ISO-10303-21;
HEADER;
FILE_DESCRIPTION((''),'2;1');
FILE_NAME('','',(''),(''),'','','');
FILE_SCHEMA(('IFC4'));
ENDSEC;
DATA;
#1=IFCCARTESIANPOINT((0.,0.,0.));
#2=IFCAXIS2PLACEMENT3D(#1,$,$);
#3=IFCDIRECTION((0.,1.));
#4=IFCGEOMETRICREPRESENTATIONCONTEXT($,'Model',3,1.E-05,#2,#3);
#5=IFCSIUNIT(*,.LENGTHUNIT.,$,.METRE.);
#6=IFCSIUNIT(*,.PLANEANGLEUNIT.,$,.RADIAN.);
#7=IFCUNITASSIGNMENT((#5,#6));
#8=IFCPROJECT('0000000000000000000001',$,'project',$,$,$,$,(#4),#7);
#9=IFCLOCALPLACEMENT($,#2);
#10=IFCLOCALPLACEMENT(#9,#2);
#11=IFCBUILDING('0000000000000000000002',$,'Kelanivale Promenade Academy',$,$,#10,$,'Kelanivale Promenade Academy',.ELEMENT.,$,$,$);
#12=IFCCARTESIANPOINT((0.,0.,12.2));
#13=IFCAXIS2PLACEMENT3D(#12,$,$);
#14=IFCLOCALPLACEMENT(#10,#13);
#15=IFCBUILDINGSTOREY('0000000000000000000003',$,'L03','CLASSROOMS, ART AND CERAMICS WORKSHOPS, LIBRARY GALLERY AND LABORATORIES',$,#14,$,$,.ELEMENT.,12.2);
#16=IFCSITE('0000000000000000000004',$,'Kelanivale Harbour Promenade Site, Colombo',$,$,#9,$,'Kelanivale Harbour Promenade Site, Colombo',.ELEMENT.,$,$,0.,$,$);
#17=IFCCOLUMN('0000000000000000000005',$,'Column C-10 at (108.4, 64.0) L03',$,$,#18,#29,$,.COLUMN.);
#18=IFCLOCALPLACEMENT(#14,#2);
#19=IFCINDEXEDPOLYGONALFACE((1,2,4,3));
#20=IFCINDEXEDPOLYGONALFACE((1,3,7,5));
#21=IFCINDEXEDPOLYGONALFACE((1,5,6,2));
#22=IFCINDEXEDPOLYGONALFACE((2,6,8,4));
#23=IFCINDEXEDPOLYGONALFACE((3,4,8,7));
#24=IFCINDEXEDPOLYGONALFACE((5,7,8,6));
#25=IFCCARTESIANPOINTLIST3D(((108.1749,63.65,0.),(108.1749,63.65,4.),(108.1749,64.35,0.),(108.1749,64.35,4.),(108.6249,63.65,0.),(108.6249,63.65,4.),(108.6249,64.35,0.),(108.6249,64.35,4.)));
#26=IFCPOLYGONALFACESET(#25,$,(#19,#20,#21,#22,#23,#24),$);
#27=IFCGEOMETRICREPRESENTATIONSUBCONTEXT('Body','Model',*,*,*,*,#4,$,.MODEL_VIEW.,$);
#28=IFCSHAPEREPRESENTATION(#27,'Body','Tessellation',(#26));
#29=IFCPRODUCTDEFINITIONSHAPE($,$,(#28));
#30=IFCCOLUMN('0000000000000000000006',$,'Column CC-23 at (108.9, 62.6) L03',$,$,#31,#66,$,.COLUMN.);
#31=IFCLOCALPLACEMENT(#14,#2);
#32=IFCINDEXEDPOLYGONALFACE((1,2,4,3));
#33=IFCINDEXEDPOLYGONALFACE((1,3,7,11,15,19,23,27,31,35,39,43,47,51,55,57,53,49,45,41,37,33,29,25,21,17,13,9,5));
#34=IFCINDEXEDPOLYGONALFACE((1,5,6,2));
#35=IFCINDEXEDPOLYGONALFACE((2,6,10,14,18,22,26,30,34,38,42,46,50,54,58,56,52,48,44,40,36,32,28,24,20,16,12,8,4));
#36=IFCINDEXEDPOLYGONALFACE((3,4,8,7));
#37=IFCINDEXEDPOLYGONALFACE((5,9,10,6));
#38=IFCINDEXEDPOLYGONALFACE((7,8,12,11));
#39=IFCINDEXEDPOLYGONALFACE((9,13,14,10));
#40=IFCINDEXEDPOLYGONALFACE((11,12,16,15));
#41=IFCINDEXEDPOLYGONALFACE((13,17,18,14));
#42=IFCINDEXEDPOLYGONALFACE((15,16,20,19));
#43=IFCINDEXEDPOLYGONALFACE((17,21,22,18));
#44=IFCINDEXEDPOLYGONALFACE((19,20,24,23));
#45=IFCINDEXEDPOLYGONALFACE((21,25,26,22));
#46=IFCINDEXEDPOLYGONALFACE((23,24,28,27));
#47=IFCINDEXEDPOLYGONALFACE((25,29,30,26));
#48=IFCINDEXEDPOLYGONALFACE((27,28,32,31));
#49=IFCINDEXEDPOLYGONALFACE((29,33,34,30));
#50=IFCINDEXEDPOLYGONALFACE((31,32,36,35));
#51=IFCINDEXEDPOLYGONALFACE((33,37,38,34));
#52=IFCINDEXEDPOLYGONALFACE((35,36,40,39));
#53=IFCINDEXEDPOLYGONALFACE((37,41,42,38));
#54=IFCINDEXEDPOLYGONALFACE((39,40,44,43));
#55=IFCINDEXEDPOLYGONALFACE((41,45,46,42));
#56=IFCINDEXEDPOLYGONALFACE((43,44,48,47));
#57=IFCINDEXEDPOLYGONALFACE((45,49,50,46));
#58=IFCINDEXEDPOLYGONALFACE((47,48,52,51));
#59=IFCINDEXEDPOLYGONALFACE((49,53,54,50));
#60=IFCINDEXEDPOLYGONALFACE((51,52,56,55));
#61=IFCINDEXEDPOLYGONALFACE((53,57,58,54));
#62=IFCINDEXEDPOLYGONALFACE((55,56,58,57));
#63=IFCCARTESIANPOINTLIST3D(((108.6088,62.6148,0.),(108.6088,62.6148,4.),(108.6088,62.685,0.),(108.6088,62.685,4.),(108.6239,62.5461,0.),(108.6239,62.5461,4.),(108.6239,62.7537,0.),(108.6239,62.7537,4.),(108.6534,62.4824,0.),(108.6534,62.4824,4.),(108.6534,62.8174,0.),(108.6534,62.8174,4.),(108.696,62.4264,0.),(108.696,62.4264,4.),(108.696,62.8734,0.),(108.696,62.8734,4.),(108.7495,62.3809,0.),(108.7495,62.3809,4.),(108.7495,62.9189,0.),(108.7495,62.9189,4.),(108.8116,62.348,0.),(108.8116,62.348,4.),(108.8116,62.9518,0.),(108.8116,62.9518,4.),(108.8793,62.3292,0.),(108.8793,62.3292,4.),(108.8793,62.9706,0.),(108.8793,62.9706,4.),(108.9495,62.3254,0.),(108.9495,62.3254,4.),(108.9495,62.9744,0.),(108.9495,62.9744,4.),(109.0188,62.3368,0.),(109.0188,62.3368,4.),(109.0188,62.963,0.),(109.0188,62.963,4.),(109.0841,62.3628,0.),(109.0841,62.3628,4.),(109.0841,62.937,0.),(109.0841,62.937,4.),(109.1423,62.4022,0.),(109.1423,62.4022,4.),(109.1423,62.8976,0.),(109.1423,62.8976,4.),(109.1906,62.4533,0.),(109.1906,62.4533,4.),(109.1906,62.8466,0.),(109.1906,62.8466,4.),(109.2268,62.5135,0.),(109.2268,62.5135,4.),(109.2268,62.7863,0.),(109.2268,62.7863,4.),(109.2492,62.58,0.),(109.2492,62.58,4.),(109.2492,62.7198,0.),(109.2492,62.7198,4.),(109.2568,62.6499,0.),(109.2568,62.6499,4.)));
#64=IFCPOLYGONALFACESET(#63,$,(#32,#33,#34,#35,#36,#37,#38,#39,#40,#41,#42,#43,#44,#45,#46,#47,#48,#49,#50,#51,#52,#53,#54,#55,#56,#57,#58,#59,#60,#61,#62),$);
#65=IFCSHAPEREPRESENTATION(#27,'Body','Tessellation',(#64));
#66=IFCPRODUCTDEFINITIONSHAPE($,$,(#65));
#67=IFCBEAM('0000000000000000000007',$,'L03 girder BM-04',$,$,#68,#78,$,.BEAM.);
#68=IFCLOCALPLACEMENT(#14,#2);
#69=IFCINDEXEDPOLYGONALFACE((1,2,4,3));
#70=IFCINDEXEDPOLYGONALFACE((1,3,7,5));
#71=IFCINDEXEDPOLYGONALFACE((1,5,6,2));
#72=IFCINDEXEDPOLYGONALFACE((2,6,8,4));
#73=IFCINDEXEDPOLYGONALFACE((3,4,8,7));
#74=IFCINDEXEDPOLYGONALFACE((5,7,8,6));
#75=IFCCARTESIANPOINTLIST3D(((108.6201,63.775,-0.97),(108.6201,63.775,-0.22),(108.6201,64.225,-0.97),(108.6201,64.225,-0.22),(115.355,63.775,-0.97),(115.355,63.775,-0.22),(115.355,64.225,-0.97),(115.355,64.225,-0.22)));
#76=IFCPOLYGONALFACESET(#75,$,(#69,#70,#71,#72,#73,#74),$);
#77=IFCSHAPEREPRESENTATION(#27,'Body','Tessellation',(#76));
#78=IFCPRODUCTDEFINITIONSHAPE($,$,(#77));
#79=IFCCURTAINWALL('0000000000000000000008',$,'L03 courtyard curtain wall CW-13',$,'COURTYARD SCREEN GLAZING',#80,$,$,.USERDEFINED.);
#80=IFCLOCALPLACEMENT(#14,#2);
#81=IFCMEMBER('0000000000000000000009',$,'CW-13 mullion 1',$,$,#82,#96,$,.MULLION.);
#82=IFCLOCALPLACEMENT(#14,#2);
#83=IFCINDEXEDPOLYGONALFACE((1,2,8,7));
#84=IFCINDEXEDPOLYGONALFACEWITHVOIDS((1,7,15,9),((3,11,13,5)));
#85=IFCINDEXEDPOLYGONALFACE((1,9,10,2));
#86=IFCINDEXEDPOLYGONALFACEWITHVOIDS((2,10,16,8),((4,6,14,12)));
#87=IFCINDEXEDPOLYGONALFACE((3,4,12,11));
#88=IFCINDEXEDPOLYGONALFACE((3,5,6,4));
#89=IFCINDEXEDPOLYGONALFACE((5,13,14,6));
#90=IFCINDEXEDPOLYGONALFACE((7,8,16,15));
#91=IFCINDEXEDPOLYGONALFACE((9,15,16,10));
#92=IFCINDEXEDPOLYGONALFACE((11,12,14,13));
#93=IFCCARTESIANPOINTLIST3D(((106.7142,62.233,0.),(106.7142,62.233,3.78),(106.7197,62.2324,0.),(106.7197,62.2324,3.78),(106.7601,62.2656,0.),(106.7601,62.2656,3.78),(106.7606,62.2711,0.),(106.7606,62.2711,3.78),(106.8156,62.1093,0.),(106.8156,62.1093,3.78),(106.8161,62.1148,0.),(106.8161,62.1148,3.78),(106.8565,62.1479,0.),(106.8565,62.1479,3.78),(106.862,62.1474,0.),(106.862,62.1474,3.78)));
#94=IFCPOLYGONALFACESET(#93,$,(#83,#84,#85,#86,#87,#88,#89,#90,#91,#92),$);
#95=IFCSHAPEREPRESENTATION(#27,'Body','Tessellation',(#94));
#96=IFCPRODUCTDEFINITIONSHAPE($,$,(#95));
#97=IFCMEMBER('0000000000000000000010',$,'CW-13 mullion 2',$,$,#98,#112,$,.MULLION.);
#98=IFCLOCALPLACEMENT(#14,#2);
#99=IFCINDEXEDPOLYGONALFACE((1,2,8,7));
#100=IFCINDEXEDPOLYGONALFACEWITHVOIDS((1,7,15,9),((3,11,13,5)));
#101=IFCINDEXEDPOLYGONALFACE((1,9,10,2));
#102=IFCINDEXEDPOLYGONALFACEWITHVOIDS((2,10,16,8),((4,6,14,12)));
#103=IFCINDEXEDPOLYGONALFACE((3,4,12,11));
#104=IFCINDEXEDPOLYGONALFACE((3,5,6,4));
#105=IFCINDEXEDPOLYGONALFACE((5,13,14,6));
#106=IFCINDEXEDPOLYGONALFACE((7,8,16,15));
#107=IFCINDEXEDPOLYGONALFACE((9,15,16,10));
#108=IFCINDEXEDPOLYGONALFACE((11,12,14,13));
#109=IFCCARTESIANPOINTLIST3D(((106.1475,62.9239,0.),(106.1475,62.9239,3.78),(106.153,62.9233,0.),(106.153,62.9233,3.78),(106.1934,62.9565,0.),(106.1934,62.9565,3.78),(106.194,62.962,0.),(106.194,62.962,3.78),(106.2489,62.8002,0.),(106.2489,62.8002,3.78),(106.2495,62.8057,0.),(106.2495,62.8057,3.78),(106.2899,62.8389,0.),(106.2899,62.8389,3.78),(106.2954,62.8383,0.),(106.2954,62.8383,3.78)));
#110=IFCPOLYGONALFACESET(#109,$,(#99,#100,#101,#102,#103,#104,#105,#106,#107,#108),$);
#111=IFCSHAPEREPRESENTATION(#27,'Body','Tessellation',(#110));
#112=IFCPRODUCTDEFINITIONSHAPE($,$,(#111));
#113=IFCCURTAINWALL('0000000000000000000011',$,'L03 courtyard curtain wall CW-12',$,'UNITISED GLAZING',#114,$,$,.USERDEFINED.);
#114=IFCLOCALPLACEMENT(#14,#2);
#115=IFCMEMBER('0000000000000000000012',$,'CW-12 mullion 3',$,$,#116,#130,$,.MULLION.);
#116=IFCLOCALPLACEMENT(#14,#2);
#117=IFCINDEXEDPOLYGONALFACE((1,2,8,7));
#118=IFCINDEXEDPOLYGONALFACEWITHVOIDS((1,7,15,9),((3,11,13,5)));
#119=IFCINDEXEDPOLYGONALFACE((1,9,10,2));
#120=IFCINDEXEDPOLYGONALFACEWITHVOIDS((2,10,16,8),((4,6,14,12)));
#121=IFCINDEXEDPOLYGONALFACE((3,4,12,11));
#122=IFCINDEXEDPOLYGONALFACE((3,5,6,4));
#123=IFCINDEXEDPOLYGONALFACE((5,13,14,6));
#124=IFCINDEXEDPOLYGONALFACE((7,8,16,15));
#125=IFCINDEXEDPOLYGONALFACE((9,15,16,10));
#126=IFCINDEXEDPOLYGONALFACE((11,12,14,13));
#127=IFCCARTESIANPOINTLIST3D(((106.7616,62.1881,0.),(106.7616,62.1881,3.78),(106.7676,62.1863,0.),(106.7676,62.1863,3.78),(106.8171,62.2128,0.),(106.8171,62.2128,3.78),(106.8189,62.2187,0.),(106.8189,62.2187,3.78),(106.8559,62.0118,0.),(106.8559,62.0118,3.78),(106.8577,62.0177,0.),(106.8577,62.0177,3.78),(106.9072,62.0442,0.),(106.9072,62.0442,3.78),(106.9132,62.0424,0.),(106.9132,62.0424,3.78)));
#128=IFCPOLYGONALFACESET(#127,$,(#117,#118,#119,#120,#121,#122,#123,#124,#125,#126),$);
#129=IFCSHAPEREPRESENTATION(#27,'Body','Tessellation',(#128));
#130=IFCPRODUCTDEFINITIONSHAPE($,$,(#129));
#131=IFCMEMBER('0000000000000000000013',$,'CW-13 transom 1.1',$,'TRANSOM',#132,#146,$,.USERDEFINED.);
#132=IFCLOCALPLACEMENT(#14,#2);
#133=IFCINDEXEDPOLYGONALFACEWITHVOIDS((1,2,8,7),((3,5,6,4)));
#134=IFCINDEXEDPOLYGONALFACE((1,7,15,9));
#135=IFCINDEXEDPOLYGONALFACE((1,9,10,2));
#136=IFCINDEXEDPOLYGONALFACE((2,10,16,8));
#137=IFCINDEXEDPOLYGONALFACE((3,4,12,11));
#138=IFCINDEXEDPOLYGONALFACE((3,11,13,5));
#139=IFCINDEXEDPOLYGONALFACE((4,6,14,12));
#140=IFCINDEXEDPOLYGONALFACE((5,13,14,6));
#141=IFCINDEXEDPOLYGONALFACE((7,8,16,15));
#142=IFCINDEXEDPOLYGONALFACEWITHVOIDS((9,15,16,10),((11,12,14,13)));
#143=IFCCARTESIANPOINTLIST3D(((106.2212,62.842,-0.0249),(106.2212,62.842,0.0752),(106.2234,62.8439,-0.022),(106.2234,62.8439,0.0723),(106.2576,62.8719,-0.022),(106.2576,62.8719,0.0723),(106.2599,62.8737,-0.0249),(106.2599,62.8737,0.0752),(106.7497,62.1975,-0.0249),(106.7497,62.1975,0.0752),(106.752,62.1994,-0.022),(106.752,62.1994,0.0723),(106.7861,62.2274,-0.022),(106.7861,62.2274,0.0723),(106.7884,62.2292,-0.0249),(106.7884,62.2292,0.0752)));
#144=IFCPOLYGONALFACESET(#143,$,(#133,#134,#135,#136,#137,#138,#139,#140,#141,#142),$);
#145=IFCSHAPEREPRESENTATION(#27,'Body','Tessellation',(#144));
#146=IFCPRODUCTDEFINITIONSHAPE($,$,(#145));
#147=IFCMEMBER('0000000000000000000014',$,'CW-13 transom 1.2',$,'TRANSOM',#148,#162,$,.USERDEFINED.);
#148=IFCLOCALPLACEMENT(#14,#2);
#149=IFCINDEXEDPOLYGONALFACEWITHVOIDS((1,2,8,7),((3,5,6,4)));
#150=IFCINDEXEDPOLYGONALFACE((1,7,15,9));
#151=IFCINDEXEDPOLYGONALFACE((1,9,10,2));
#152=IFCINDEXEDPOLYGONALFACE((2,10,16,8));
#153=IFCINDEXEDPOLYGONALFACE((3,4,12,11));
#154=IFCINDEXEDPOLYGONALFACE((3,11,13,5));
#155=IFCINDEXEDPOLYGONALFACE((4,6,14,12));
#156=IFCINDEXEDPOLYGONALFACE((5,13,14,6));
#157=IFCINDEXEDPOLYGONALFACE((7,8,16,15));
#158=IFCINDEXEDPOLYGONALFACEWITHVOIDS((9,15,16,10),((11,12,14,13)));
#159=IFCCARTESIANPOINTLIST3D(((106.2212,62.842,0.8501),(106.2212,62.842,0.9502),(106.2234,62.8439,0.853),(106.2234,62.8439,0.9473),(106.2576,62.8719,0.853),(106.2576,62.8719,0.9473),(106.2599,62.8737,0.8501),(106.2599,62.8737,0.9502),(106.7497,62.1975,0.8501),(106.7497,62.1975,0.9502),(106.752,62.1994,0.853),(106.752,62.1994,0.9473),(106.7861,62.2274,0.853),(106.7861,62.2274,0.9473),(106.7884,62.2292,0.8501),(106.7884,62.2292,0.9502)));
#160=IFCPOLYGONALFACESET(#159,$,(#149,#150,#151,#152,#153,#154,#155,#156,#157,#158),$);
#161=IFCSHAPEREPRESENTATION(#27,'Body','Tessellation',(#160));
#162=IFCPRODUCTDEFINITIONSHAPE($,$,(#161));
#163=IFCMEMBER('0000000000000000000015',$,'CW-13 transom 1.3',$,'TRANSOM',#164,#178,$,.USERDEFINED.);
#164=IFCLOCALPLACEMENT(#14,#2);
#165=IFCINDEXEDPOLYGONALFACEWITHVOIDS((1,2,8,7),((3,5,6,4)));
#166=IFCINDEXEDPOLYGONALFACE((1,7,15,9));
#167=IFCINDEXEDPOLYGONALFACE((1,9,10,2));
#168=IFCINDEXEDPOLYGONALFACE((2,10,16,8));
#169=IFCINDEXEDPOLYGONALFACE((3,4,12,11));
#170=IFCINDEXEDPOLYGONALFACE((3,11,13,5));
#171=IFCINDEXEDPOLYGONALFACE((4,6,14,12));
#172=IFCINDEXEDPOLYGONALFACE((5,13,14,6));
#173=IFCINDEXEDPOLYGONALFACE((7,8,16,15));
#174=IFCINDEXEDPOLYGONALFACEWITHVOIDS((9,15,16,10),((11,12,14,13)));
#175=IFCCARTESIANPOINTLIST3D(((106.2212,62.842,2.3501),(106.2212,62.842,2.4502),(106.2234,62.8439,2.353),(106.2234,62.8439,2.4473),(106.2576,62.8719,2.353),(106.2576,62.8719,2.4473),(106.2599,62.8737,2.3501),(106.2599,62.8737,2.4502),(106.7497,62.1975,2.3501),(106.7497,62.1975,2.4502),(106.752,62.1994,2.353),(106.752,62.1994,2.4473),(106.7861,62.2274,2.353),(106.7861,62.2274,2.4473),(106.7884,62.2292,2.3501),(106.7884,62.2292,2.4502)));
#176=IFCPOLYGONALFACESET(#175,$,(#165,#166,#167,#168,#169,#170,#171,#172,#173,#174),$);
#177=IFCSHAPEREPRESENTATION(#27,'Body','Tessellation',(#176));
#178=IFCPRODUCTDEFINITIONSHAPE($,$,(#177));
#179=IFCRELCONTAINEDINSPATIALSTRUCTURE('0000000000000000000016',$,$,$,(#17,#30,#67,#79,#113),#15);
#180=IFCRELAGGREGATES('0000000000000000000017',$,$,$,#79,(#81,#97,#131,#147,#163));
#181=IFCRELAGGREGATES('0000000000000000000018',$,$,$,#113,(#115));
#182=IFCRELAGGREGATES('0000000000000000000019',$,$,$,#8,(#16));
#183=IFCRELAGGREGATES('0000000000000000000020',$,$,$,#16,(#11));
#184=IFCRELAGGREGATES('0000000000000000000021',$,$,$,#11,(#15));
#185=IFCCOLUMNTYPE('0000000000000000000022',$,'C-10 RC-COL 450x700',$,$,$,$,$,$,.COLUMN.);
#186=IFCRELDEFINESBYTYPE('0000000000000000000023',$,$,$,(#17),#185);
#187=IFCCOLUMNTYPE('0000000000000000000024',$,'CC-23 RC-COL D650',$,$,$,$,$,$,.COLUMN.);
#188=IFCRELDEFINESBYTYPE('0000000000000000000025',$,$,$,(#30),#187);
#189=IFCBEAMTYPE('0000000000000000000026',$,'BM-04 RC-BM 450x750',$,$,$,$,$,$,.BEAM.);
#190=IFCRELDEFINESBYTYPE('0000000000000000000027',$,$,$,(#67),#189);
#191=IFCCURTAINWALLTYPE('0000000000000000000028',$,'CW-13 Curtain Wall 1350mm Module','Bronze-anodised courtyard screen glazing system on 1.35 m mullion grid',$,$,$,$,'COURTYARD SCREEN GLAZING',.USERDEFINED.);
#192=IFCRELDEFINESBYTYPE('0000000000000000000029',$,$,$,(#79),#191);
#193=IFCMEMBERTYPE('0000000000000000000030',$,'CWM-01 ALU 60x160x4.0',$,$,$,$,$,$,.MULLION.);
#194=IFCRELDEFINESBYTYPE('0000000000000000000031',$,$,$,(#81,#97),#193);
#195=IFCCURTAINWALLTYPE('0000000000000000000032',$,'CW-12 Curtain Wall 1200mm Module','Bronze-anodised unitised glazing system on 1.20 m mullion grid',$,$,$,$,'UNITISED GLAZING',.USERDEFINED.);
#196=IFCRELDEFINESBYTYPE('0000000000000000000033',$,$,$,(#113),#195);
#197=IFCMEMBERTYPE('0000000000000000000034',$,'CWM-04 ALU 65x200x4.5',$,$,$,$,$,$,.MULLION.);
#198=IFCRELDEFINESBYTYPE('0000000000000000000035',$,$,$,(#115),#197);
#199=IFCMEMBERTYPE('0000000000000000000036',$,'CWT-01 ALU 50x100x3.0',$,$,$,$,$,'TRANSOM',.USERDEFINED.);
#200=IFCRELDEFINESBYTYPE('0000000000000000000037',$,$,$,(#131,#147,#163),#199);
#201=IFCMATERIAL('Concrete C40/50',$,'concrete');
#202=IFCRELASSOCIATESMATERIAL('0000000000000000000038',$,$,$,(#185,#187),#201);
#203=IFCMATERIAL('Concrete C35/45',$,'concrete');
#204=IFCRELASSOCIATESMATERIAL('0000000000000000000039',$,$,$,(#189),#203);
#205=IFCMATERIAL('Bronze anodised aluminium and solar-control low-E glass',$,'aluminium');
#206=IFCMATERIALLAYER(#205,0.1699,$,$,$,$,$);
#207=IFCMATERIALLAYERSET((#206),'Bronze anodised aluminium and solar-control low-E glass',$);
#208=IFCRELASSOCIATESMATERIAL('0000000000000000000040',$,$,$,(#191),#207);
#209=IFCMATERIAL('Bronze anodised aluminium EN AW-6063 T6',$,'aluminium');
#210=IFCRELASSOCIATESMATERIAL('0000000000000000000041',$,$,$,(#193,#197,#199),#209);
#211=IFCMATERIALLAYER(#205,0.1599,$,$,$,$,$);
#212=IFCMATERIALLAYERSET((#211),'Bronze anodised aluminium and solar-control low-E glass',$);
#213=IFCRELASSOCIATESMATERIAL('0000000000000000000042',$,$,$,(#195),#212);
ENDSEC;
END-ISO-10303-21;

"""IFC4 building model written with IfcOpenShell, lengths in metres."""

from ifc_helpers import new_model, si_unit, direction, frame, origin, origin_2d, place, context, subcontext, project, spatial, rectangle, hollow_rectangle, circle, extrude, material, layer, layer_set, material_profile, profile_set, type_object, element, aggregate, save


model = new_model("IFC4")

# Units and contexts
model_context = context("Model", 3, precision=1e-05, world=origin(), true_north=direction((0.0, 1.0)))
body_context = subcontext(model_context, "Body", "Model", "MODEL_VIEW")
ifc_project = project(units=[si_unit("LENGTHUNIT", "METRE"), si_unit("PLANEANGLEUNIT", "RADIAN")], contexts=[model_context])

# Site, building, storey
site_placement = place(None, origin())
site = spatial("IfcSite", under=ifc_project, at=site_placement, Name="Kelanivale Harbour Promenade Site, Colombo", LongName="Kelanivale Harbour Promenade Site, Colombo", CompositionType="ELEMENT", RefElevation=0.0)
building_placement = place(site_placement, origin())
building = spatial("IfcBuilding", under=site, at=building_placement, Name="Kelanivale Promenade Academy", LongName="Kelanivale Promenade Academy", CompositionType="ELEMENT")
storey_placement = place(building_placement, frame((0.0, 0.0, 12.2)))
storey = spatial("IfcBuildingStorey", under=building, at=storey_placement, Name="L03", Description="CLASSROOMS, ART AND CERAMICS WORKSHOPS, LIBRARY GALLERY AND LABORATORIES", CompositionType="ELEMENT", Elevation=12.2)

# Columns
ifc_material_1 = material(Name="Concrete C40/50", Category="concrete")
ifc_material_profile_1 = material_profile(ifc_material_1, rectangle(XDim=0.45, YDim=0.7, at=origin_2d()), Name="RC-COL 450x700")
ifc_profile_set_1 = profile_set([ifc_material_profile_1], Name="Concrete C40/50")
column_type_1 = type_object("IfcColumnType", Name="C-10 RC-COL 450x700", PredefinedType="COLUMN", material=ifc_profile_set_1)
column_1_placement = place(storey_placement, frame((108.3999, 64.0, 0.0), z_axis=(0.0, 0.0, 1.0), x_axis=(1.0, 0.0, 0.0)))
element("IfcColumn", 1, at=column_1_placement, inside=storey, type_object=column_type_1, Name="Column C-10 at (108.4, 64.0) L03", PredefinedType="COLUMN", context=body_context, shape_type="SweptSolid", body=[
    extrude(rectangle(XDim=0.45, YDim=0.7, at=origin_2d()), origin(), (0.0, 0.0, 1.0), 4.0),
])
ifc_material_profile_2 = material_profile(ifc_material_1, circle(Radius=0.325, at=origin_2d()), Name="RC-COL D650")
ifc_profile_set_2 = profile_set([ifc_material_profile_2], Name="Concrete C40/50")
column_type_2 = type_object("IfcColumnType", Name="CC-23 RC-COL D650", PredefinedType="COLUMN", material=ifc_profile_set_2)
column_2_placement = place(storey_placement, frame((108.9319, 62.6499, 0.0), z_axis=(0.0, 0.0, 1.0), x_axis=(1.0, 0.0, 0.0)))
element("IfcColumn", 2, at=column_2_placement, inside=storey, type_object=column_type_2, Name="Column CC-23 at (108.9, 62.6) L03", PredefinedType="COLUMN", context=body_context, shape_type="SweptSolid", body=[
    extrude(circle(Radius=0.325, at=origin_2d()), origin(), (0.0, 0.0, 1.0), 4.0),
])

# Beam
ifc_material_2 = material(Name="Concrete C35/45", Category="concrete")
ifc_material_profile_3 = material_profile(ifc_material_2, rectangle(XDim=0.45, YDim=0.75, at=origin_2d()), Name="RC-BM 450x750")
ifc_profile_set_3 = profile_set([ifc_material_profile_3], Name="Concrete C35/45")
beam_type_1 = type_object("IfcBeamType", Name="BM-04 RC-BM 450x750", PredefinedType="BEAM", material=ifc_profile_set_3)
beam_1_placement = place(storey_placement, frame((108.6201, 64.0, -0.595), z_axis=(1.0, 0.0, 0.0), x_axis=(0.0, 1.0, 0.0)))
element("IfcBeam", 3, at=beam_1_placement, inside=storey, type_object=beam_type_1, Name="L03 girder BM-04", PredefinedType="BEAM", context=body_context, shape_type="SweptSolid", body=[
    extrude(rectangle(XDim=0.45, YDim=0.75, at=origin_2d()), origin(), (0.0, 0.0, 1.0), 6.7349),
])

# Curtain wall, members
ifc_material_3 = material(Name="Bronze anodised aluminium and solar-control low-E glass", Category="aluminium")
ifc_layer_1 = layer(ifc_material_3, 0.1699)
ifc_layer_set_1 = layer_set([ifc_layer_1], Name="Bronze anodised aluminium and solar-control low-E glass")
curtain_wall_type_1 = type_object("IfcCurtainWallType", Name="CW-13 Curtain Wall 1350mm Module", Description="Bronze-anodised courtyard screen glazing system on 1.35 m mullion grid", ElementType="COURTYARD SCREEN GLAZING", PredefinedType="USERDEFINED", material=ifc_layer_set_1)
curtain_wall_1_placement = place(storey_placement, origin())
curtain_wall_1 = element("IfcCurtainWall", 4, at=curtain_wall_1_placement, inside=storey, type_object=curtain_wall_type_1, Name="L03 courtyard curtain wall CW-13", ObjectType="COURTYARD SCREEN GLAZING", PredefinedType="USERDEFINED")
ifc_material_4 = material(Name="Bronze anodised aluminium EN AW-6063 T6", Category="aluminium")
ifc_material_profile_4 = material_profile(ifc_material_4, hollow_rectangle(XDim=0.0601, YDim=0.1599, WallThickness=0.0039, at=origin_2d()), Name="ALU 60x160x4.0")
ifc_profile_set_4 = profile_set([ifc_material_profile_4], Name="Bronze anodised aluminium EN AW-6063 T6")
member_type_1 = type_object("IfcMemberType", Name="CWM-01 ALU 60x160x4.0", PredefinedType="MULLION", material=ifc_profile_set_4)
member_1_placement = place(storey_placement, frame((106.7881, 62.1902, 0.0), z_axis=(0.0, 0.0, 1.0), x_axis=(-0.773257, -0.634093, 0.0)))
member_1 = element("IfcMember", 5, at=member_1_placement, type_object=member_type_1, Name="CW-13 mullion 1", PredefinedType="MULLION", context=body_context, shape_type="SweptSolid", body=[
    extrude(hollow_rectangle(XDim=0.0601, YDim=0.1599, WallThickness=0.0039, at=origin_2d()), origin(), (0.0, 0.0, 1.0), 3.78),
])
member_2_placement = place(storey_placement, frame((106.2214, 62.8811, 0.0), z_axis=(0.0, 0.0, 1.0), x_axis=(-0.773257, -0.634093, 0.0)))
member_2 = element("IfcMember", 6, at=member_2_placement, type_object=member_type_1, Name="CW-13 mullion 2", PredefinedType="MULLION", context=body_context, shape_type="SweptSolid", body=[
    extrude(hollow_rectangle(XDim=0.0601, YDim=0.1599, WallThickness=0.0039, at=origin_2d()), origin(), (0.0, 0.0, 1.0), 3.78),
])

# Curtain wall, member
ifc_layer_2 = layer(ifc_material_3, 0.1599)
ifc_layer_set_2 = layer_set([ifc_layer_2], Name="Bronze anodised aluminium and solar-control low-E glass")
curtain_wall_type_2 = type_object("IfcCurtainWallType", Name="CW-12 Curtain Wall 1200mm Module", Description="Bronze-anodised unitised glazing system on 1.20 m mullion grid", ElementType="UNITISED GLAZING", PredefinedType="USERDEFINED", material=ifc_layer_set_2)
curtain_wall_2_placement = place(storey_placement, origin())
curtain_wall_2 = element("IfcCurtainWall", 7, at=curtain_wall_2_placement, inside=storey, type_object=curtain_wall_type_2, Name="L03 courtyard curtain wall CW-12", ObjectType="UNITISED GLAZING", PredefinedType="USERDEFINED")
ifc_material_profile_5 = material_profile(ifc_material_4, hollow_rectangle(XDim=0.0649, YDim=0.2, WallThickness=0.0044, at=origin_2d()), Name="ALU 65x200x4.5")
ifc_profile_set_5 = profile_set([ifc_material_profile_5], Name="Bronze anodised aluminium EN AW-6063 T6")
member_type_2 = type_object("IfcMemberType", Name="CWM-04 ALU 65x200x4.5", PredefinedType="MULLION", material=ifc_profile_set_5)
member_3_placement = place(storey_placement, frame((106.8374, 62.1152, 0.0), z_axis=(0.0, 0.0, 1.0), x_axis=(-0.881966, -0.471312, 0.0)))
member_3 = element("IfcMember", 8, at=member_3_placement, type_object=member_type_2, Name="CW-12 mullion 3", PredefinedType="MULLION", context=body_context, shape_type="SweptSolid", body=[
    extrude(hollow_rectangle(XDim=0.0649, YDim=0.2, WallThickness=0.0044, at=origin_2d()), origin(), (0.0, 0.0, 1.0), 3.78),
])

# Members
ifc_material_profile_6 = material_profile(ifc_material_4, hollow_rectangle(XDim=0.05, YDim=0.1001, WallThickness=0.0029, at=origin_2d()), Name="ALU 50x100x3.0")
ifc_profile_set_6 = profile_set([ifc_material_profile_6], Name="Bronze anodised aluminium EN AW-6063 T6")
member_type_3 = type_object("IfcMemberType", Name="CWT-01 ALU 50x100x3.0", ElementType="TRANSOM", PredefinedType="USERDEFINED", material=ifc_profile_set_6)
member_4_placement = place(storey_placement, frame((106.769, 62.2134, 0.0251), z_axis=(-0.634115, 0.773239, 0.0), x_axis=(-0.773239, -0.634115, 0.0)))
member_4 = element("IfcMember", 9, at=member_4_placement, type_object=member_type_3, Name="CW-13 transom 1.1", ObjectType="TRANSOM", PredefinedType="USERDEFINED", context=body_context, shape_type="SweptSolid", body=[
    extrude(hollow_rectangle(XDim=0.05, YDim=0.1001, WallThickness=0.0029, at=origin_2d()), origin(), (0.0, 0.0, 1.0), 0.8335),
])
member_5_placement = place(storey_placement, frame((106.769, 62.2134, 0.9001), z_axis=(-0.634115, 0.773239, 0.0), x_axis=(-0.773239, -0.634115, 0.0)))
member_5 = element("IfcMember", 10, at=member_5_placement, type_object=member_type_3, Name="CW-13 transom 1.2", ObjectType="TRANSOM", PredefinedType="USERDEFINED", context=body_context, shape_type="SweptSolid", body=[
    extrude(hollow_rectangle(XDim=0.05, YDim=0.1001, WallThickness=0.0029, at=origin_2d()), origin(), (0.0, 0.0, 1.0), 0.8335),
])
member_6_placement = place(storey_placement, frame((106.769, 62.2134, 2.4001), z_axis=(-0.634115, 0.773239, 0.0), x_axis=(-0.773239, -0.634115, 0.0)))
member_6 = element("IfcMember", 11, at=member_6_placement, type_object=member_type_3, Name="CW-13 transom 1.3", ObjectType="TRANSOM", PredefinedType="USERDEFINED", context=body_context, shape_type="SweptSolid", body=[
    extrude(hollow_rectangle(XDim=0.05, YDim=0.1001, WallThickness=0.0029, at=origin_2d()), origin(), (0.0, 0.0, 1.0), 0.8335),
])

aggregate(curtain_wall_1, [member_1, member_2, member_4, member_5, member_6])
aggregate(curtain_wall_2, [member_3])

save(model, "model.ifc")
